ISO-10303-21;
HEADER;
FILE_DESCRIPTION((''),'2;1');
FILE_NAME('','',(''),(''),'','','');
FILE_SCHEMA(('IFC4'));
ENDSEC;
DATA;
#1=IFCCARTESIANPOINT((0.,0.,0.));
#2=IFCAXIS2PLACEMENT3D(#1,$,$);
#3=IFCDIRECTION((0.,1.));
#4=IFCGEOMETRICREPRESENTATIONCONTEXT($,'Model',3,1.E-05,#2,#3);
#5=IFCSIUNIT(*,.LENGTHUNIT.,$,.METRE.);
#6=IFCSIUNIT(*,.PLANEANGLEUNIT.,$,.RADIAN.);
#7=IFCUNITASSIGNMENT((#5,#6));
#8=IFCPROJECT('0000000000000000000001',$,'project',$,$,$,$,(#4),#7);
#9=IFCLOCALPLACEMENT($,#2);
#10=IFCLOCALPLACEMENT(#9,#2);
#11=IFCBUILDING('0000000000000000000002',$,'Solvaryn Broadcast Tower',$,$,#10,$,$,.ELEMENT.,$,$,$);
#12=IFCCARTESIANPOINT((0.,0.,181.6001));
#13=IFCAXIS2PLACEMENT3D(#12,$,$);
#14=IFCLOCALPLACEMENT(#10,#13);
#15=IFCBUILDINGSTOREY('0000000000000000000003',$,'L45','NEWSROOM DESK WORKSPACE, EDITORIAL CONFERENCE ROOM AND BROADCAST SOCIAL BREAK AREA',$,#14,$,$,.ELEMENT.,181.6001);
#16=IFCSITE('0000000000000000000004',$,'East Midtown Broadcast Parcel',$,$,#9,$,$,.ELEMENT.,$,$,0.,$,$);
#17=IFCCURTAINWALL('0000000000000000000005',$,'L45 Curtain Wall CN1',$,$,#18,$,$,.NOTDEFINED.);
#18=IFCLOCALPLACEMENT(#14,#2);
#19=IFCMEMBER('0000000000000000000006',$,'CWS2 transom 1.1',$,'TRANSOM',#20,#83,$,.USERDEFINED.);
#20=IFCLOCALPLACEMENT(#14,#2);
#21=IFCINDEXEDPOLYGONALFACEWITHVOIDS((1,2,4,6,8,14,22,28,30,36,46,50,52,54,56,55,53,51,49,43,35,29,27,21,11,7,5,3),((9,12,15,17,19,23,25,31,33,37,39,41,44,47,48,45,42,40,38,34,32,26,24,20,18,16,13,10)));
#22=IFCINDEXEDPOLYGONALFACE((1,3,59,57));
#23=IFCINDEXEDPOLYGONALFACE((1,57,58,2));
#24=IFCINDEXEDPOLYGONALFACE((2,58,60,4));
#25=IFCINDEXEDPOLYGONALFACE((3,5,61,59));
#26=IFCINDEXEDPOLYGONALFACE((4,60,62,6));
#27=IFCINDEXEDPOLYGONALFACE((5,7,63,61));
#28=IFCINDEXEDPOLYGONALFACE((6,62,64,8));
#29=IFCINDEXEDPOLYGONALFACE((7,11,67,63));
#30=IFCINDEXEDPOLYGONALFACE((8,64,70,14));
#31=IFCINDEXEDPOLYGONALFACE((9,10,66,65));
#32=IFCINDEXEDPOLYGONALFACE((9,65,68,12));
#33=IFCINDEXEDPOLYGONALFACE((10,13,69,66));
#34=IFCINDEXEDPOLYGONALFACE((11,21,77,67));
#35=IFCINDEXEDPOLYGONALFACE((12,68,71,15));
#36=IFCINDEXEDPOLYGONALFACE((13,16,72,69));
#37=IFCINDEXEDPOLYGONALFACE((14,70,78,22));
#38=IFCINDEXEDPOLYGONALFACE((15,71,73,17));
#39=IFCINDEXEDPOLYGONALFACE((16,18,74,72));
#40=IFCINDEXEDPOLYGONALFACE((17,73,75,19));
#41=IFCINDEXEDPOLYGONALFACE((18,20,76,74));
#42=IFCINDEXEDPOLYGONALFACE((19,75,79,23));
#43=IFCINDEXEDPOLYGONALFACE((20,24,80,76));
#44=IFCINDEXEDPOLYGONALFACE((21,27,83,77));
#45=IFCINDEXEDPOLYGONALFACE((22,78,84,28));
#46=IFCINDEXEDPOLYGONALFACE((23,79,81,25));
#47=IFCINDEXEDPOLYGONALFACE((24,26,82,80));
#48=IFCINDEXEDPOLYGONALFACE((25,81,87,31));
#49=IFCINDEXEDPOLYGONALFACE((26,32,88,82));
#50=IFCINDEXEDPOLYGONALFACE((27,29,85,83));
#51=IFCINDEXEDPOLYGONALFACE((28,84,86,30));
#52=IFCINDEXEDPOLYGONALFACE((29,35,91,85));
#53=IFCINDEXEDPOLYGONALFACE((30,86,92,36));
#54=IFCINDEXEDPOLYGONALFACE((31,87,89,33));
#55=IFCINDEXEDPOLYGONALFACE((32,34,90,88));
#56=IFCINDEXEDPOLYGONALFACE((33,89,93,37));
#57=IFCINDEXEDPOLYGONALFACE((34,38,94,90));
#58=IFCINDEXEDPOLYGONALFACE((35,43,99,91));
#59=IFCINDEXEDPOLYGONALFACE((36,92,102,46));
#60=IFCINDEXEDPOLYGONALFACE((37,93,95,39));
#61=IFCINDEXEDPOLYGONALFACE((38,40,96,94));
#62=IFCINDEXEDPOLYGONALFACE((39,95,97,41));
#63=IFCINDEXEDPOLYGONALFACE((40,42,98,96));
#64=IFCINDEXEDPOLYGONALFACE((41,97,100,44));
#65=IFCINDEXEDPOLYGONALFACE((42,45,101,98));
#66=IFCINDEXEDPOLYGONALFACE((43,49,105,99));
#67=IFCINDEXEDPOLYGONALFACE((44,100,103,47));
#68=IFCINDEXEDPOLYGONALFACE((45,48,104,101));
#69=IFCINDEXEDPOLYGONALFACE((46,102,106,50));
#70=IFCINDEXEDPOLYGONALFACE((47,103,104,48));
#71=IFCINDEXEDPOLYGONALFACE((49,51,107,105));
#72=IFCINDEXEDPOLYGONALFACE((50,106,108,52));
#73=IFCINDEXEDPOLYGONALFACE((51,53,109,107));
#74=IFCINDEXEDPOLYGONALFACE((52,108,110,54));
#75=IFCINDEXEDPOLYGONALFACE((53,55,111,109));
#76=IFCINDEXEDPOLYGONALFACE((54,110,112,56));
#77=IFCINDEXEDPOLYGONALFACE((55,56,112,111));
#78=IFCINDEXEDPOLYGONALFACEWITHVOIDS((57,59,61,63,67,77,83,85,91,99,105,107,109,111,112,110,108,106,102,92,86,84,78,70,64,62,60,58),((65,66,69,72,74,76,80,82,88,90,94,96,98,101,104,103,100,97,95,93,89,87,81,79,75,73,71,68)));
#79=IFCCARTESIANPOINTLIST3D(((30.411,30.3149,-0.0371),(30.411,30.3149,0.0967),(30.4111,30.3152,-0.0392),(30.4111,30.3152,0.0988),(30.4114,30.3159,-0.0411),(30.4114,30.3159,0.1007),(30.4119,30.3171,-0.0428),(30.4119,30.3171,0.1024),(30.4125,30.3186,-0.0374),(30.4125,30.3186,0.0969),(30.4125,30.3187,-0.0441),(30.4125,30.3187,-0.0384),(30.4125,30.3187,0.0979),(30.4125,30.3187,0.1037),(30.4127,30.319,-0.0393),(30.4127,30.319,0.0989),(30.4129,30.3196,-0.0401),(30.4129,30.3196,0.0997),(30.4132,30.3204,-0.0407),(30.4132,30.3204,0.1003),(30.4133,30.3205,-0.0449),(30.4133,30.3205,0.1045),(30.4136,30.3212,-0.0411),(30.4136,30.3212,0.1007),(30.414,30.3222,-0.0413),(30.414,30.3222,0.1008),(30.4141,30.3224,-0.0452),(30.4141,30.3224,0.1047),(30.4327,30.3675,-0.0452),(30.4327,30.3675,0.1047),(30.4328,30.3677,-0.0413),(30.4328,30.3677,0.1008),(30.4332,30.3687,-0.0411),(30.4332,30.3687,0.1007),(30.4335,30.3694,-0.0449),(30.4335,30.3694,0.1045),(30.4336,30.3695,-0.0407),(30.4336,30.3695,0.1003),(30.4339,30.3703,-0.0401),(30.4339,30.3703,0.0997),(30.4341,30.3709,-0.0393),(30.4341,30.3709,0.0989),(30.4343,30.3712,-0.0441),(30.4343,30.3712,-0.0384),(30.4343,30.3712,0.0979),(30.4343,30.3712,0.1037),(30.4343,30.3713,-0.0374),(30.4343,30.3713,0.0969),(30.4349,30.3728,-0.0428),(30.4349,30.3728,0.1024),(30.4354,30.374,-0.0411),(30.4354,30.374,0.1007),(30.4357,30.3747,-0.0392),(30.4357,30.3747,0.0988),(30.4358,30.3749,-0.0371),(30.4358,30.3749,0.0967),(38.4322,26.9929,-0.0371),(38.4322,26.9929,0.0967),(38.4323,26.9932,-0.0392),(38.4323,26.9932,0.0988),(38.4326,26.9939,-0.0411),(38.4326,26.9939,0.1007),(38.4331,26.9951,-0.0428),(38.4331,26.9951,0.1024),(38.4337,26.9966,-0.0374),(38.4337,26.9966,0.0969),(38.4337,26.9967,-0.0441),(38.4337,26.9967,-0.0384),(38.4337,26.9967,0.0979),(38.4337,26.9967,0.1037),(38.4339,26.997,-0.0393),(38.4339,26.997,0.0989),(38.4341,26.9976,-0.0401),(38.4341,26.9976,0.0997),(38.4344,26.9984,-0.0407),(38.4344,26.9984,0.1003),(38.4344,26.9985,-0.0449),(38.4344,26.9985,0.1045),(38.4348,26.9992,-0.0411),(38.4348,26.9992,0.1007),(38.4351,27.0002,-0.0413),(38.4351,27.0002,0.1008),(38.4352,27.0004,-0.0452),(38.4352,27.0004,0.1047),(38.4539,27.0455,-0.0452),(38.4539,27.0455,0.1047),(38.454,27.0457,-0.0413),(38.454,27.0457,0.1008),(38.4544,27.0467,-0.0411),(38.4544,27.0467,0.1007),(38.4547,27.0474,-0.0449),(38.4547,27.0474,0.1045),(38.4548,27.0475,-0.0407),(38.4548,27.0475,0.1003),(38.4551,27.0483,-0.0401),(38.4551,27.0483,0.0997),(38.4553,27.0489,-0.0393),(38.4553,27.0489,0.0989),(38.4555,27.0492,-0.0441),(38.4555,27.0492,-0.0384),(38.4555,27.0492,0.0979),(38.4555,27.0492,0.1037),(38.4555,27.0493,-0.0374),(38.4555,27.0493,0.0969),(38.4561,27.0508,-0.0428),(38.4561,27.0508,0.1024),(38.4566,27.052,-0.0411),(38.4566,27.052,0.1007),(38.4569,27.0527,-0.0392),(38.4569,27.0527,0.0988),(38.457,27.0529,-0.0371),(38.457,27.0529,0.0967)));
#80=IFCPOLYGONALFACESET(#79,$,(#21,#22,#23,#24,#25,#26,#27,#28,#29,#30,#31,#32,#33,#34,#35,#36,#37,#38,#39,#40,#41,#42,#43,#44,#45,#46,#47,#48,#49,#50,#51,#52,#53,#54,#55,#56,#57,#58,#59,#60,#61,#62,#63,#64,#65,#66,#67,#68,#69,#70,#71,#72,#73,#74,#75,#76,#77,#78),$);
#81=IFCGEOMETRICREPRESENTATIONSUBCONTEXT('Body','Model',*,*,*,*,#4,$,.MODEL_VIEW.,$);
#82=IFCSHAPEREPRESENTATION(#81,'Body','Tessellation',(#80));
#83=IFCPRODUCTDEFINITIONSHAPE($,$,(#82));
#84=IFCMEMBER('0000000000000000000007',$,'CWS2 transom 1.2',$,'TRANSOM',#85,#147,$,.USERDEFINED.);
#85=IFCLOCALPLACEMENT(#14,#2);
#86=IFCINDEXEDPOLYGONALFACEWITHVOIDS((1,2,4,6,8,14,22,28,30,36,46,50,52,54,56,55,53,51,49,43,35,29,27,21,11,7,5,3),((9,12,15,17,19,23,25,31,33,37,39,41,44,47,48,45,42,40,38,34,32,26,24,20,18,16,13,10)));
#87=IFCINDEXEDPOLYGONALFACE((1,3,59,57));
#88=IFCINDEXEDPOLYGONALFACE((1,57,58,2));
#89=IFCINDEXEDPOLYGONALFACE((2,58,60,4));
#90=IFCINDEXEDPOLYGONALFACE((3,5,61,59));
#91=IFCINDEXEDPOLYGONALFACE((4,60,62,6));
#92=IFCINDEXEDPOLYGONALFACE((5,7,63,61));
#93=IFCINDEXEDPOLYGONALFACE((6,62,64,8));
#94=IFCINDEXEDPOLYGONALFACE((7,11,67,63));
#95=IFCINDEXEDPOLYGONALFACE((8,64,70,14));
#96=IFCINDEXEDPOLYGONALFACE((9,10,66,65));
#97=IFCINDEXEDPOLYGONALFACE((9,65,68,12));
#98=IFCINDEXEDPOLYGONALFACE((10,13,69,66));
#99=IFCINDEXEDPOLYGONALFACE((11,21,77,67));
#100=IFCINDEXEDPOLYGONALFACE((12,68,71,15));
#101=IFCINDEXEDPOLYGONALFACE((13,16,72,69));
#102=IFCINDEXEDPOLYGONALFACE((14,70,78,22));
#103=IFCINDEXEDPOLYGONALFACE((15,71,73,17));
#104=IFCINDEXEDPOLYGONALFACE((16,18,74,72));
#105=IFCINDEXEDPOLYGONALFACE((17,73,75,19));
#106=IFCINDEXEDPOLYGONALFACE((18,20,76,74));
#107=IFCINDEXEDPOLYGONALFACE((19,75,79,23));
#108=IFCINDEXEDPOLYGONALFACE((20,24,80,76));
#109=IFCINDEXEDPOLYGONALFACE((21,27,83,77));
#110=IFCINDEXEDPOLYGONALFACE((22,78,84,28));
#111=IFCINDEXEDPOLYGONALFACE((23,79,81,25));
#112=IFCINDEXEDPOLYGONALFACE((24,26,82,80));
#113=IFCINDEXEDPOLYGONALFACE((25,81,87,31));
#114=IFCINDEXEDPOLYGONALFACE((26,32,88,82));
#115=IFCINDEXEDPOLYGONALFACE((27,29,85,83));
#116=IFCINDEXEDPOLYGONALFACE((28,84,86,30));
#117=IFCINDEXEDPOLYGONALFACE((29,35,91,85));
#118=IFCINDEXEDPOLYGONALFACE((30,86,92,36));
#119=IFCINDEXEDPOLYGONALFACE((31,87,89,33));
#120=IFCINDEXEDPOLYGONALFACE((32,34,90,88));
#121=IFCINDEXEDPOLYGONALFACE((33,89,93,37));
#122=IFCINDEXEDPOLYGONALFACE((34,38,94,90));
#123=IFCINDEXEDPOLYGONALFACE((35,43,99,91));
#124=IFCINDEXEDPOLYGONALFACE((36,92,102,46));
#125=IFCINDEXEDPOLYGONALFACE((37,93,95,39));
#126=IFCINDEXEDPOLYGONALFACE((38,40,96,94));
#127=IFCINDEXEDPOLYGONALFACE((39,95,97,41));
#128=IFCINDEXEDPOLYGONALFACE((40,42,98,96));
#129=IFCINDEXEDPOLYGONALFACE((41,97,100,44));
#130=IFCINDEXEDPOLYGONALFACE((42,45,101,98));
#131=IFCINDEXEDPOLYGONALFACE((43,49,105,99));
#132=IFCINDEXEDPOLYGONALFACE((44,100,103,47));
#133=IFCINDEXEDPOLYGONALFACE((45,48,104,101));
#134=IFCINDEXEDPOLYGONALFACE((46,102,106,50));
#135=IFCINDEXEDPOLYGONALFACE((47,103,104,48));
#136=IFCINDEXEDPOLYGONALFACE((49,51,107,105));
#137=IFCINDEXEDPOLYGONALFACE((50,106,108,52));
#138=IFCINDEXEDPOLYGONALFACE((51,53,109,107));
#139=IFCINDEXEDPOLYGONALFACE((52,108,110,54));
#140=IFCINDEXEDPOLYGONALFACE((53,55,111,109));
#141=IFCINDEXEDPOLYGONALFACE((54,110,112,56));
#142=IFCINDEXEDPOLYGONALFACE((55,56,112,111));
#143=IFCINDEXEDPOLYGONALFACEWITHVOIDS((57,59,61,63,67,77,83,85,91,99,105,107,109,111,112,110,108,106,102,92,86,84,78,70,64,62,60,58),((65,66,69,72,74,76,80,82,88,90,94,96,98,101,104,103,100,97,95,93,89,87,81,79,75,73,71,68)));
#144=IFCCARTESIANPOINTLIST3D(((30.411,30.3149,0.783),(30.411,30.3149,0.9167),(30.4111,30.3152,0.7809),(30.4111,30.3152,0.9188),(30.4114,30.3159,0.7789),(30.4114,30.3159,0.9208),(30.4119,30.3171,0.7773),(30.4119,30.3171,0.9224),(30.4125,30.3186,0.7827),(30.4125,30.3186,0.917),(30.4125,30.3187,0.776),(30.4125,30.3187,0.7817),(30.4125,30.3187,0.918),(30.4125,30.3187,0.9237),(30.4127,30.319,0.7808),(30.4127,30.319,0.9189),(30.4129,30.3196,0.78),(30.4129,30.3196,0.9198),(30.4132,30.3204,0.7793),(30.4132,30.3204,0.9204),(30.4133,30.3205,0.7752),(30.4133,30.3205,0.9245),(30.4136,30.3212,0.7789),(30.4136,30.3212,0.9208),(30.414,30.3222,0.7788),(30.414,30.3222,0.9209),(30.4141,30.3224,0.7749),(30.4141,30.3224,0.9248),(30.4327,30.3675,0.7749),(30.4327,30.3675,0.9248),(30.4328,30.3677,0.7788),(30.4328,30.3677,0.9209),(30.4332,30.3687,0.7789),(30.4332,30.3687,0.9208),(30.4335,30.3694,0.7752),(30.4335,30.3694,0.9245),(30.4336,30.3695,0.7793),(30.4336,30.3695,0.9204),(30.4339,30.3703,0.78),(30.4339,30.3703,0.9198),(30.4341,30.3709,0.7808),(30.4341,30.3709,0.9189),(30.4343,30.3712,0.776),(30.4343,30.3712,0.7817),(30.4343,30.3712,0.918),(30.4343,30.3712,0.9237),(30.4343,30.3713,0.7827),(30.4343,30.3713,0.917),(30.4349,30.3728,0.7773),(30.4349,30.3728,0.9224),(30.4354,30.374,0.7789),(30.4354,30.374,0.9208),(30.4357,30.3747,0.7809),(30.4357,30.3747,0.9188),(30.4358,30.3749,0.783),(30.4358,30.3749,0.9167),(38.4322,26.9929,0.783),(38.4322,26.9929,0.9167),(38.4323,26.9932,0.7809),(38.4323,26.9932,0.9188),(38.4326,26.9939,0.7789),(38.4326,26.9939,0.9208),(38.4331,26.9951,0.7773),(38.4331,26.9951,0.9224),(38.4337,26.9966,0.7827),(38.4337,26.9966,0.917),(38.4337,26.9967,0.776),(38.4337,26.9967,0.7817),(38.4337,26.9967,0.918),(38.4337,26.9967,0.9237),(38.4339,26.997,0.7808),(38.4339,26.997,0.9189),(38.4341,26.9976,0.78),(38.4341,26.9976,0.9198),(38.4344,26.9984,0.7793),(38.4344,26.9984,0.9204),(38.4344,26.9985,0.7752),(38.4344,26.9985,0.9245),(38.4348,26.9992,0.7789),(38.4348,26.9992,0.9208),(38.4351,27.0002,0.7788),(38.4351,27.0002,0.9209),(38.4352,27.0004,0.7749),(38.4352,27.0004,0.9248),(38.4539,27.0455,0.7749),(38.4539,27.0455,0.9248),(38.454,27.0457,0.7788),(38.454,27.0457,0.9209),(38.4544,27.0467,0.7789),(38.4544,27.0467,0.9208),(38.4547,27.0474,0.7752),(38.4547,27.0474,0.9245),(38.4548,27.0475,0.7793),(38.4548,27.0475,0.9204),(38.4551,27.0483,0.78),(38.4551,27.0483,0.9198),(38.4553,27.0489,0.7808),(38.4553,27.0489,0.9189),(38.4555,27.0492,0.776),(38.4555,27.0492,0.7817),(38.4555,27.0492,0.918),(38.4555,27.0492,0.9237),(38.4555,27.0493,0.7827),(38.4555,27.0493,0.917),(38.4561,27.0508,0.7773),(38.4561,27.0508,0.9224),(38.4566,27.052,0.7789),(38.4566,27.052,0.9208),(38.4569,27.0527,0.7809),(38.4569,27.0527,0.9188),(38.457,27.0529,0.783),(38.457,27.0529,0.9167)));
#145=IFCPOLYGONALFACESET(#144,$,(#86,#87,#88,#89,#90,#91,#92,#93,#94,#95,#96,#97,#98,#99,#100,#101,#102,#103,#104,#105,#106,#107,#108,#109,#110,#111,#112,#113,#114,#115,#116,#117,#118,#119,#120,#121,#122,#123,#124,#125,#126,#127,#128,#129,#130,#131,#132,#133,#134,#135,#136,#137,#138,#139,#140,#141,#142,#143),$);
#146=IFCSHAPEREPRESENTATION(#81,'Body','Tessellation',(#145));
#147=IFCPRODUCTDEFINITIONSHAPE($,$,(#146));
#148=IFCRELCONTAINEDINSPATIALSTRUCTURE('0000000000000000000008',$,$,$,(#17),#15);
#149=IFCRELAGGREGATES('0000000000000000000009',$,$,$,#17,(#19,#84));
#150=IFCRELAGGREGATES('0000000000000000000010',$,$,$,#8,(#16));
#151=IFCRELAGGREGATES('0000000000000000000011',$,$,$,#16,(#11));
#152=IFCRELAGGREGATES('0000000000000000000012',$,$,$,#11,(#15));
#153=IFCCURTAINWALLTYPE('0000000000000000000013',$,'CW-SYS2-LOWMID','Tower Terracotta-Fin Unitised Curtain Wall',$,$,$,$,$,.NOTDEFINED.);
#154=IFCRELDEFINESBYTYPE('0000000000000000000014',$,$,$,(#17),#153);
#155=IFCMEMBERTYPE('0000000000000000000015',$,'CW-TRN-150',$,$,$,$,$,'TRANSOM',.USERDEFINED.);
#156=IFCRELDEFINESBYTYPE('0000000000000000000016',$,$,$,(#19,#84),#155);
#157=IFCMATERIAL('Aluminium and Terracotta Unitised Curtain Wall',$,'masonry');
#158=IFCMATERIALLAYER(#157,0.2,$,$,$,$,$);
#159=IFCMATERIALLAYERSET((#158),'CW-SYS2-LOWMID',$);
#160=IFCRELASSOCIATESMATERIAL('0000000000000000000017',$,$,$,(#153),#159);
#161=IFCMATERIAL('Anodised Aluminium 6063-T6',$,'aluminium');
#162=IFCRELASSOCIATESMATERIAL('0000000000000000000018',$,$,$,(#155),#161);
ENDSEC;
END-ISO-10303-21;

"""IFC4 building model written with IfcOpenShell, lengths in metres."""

from ifc_helpers import new_model, si_unit, direction, frame, origin, origin_2d, place, context, subcontext, project, spatial, hollow_rectangle, extrude, material, layer, layer_set, material_profile, profile_set, type_object, element, aggregate, save


model = new_model("IFC4")

# Units and contexts
model_context = context("Model", 3, precision=1e-05, world=origin(), true_north=direction((0.0, 1.0)))
body_context = subcontext(model_context, "Body", "Model", "MODEL_VIEW")
ifc_project = project(units=[si_unit("LENGTHUNIT", "METRE"), si_unit("PLANEANGLEUNIT", "RADIAN")], contexts=[model_context])

# Site, building, storey
site_placement = place(None, origin())
site = spatial("IfcSite", under=ifc_project, at=site_placement, Name="East Midtown Broadcast Parcel", CompositionType="ELEMENT", RefElevation=0.0)
building_placement = place(site_placement, origin())
building = spatial("IfcBuilding", under=site, at=building_placement, Name="Solvaryn Broadcast Tower", CompositionType="ELEMENT")
storey_placement = place(building_placement, frame((0.0, 0.0, 181.6001)))
storey = spatial("IfcBuildingStorey", under=building, at=storey_placement, Name="L45", Description="NEWSROOM DESK WORKSPACE, EDITORIAL CONFERENCE ROOM AND BROADCAST SOCIAL BREAK AREA", CompositionType="ELEMENT", Elevation=181.6001)

# Curtain wall
ifc_material_1 = material(Name="Aluminium and Terracotta Unitised Curtain Wall", Category="masonry")
ifc_layer_1 = layer(ifc_material_1, 0.2)
ifc_layer_set_1 = layer_set([ifc_layer_1], Name="CW-SYS2-LOWMID")
curtain_wall_type = type_object("IfcCurtainWallType", Name="CW-SYS2-LOWMID", Description="Tower Terracotta-Fin Unitised Curtain Wall", PredefinedType="NOTDEFINED", material=ifc_layer_set_1)
curtain_wall_1_placement = place(storey_placement, origin())
curtain_wall_1 = element("IfcCurtainWall", 1, at=curtain_wall_1_placement, inside=storey, type_object=curtain_wall_type, Name="L45 Curtain Wall CN1", PredefinedType="NOTDEFINED")

# Members
ifc_material_2 = material(Name="Anodised Aluminium 6063-T6", Category="aluminium")
ifc_material_profile_1 = material_profile(ifc_material_2, hollow_rectangle(XDim=0.0649, YDim=0.1499, WallThickness=0.0039, InnerFilletRadius=0.0039, OuterFilletRadius=0.0081, at=origin_2d()))
ifc_profile_set_1 = profile_set([ifc_material_profile_1], Name="Anodised Aluminium 6063-T6")
member_type_1 = type_object("IfcMemberType", Name="CW-TRN-150", ElementType="TRANSOM", PredefinedType="USERDEFINED", material=ifc_profile_set_1)
member_1_placement = place(storey_placement, frame((38.4446, 27.0229, 0.0298), z_axis=(-0.923899, 0.382636, 0.0), x_axis=(-0.382636, -0.923899, 0.0)))
member_1 = element("IfcMember", 2, at=member_1_placement, type_object=member_type_1, Name="CWS2 transom 1.1", ObjectType="TRANSOM", PredefinedType="USERDEFINED", context=body_context, shape_type="SweptSolid", body=[
    extrude(hollow_rectangle(XDim=0.0649, YDim=0.1499, WallThickness=0.0039, InnerFilletRadius=0.0039, OuterFilletRadius=0.0081, at=origin_2d()), origin(), (0.0, 0.0, 1.0), 8.6819),
])
member_2_placement = place(storey_placement, frame((38.4446, 27.0229, 0.8499), z_axis=(-0.923899, 0.382636, 0.0), x_axis=(-0.382636, -0.923899, 0.0)))
member_2 = element("IfcMember", 3, at=member_2_placement, type_object=member_type_1, Name="CWS2 transom 1.2", ObjectType="TRANSOM", PredefinedType="USERDEFINED", context=body_context, shape_type="SweptSolid", body=[
    extrude(hollow_rectangle(XDim=0.0649, YDim=0.1499, WallThickness=0.0039, InnerFilletRadius=0.0039, OuterFilletRadius=0.0081, at=origin_2d()), origin(), (0.0, 0.0, 1.0), 8.6819),
])
aggregate(curtain_wall_1, [member_1, member_2])

save(model, "model.ifc")
